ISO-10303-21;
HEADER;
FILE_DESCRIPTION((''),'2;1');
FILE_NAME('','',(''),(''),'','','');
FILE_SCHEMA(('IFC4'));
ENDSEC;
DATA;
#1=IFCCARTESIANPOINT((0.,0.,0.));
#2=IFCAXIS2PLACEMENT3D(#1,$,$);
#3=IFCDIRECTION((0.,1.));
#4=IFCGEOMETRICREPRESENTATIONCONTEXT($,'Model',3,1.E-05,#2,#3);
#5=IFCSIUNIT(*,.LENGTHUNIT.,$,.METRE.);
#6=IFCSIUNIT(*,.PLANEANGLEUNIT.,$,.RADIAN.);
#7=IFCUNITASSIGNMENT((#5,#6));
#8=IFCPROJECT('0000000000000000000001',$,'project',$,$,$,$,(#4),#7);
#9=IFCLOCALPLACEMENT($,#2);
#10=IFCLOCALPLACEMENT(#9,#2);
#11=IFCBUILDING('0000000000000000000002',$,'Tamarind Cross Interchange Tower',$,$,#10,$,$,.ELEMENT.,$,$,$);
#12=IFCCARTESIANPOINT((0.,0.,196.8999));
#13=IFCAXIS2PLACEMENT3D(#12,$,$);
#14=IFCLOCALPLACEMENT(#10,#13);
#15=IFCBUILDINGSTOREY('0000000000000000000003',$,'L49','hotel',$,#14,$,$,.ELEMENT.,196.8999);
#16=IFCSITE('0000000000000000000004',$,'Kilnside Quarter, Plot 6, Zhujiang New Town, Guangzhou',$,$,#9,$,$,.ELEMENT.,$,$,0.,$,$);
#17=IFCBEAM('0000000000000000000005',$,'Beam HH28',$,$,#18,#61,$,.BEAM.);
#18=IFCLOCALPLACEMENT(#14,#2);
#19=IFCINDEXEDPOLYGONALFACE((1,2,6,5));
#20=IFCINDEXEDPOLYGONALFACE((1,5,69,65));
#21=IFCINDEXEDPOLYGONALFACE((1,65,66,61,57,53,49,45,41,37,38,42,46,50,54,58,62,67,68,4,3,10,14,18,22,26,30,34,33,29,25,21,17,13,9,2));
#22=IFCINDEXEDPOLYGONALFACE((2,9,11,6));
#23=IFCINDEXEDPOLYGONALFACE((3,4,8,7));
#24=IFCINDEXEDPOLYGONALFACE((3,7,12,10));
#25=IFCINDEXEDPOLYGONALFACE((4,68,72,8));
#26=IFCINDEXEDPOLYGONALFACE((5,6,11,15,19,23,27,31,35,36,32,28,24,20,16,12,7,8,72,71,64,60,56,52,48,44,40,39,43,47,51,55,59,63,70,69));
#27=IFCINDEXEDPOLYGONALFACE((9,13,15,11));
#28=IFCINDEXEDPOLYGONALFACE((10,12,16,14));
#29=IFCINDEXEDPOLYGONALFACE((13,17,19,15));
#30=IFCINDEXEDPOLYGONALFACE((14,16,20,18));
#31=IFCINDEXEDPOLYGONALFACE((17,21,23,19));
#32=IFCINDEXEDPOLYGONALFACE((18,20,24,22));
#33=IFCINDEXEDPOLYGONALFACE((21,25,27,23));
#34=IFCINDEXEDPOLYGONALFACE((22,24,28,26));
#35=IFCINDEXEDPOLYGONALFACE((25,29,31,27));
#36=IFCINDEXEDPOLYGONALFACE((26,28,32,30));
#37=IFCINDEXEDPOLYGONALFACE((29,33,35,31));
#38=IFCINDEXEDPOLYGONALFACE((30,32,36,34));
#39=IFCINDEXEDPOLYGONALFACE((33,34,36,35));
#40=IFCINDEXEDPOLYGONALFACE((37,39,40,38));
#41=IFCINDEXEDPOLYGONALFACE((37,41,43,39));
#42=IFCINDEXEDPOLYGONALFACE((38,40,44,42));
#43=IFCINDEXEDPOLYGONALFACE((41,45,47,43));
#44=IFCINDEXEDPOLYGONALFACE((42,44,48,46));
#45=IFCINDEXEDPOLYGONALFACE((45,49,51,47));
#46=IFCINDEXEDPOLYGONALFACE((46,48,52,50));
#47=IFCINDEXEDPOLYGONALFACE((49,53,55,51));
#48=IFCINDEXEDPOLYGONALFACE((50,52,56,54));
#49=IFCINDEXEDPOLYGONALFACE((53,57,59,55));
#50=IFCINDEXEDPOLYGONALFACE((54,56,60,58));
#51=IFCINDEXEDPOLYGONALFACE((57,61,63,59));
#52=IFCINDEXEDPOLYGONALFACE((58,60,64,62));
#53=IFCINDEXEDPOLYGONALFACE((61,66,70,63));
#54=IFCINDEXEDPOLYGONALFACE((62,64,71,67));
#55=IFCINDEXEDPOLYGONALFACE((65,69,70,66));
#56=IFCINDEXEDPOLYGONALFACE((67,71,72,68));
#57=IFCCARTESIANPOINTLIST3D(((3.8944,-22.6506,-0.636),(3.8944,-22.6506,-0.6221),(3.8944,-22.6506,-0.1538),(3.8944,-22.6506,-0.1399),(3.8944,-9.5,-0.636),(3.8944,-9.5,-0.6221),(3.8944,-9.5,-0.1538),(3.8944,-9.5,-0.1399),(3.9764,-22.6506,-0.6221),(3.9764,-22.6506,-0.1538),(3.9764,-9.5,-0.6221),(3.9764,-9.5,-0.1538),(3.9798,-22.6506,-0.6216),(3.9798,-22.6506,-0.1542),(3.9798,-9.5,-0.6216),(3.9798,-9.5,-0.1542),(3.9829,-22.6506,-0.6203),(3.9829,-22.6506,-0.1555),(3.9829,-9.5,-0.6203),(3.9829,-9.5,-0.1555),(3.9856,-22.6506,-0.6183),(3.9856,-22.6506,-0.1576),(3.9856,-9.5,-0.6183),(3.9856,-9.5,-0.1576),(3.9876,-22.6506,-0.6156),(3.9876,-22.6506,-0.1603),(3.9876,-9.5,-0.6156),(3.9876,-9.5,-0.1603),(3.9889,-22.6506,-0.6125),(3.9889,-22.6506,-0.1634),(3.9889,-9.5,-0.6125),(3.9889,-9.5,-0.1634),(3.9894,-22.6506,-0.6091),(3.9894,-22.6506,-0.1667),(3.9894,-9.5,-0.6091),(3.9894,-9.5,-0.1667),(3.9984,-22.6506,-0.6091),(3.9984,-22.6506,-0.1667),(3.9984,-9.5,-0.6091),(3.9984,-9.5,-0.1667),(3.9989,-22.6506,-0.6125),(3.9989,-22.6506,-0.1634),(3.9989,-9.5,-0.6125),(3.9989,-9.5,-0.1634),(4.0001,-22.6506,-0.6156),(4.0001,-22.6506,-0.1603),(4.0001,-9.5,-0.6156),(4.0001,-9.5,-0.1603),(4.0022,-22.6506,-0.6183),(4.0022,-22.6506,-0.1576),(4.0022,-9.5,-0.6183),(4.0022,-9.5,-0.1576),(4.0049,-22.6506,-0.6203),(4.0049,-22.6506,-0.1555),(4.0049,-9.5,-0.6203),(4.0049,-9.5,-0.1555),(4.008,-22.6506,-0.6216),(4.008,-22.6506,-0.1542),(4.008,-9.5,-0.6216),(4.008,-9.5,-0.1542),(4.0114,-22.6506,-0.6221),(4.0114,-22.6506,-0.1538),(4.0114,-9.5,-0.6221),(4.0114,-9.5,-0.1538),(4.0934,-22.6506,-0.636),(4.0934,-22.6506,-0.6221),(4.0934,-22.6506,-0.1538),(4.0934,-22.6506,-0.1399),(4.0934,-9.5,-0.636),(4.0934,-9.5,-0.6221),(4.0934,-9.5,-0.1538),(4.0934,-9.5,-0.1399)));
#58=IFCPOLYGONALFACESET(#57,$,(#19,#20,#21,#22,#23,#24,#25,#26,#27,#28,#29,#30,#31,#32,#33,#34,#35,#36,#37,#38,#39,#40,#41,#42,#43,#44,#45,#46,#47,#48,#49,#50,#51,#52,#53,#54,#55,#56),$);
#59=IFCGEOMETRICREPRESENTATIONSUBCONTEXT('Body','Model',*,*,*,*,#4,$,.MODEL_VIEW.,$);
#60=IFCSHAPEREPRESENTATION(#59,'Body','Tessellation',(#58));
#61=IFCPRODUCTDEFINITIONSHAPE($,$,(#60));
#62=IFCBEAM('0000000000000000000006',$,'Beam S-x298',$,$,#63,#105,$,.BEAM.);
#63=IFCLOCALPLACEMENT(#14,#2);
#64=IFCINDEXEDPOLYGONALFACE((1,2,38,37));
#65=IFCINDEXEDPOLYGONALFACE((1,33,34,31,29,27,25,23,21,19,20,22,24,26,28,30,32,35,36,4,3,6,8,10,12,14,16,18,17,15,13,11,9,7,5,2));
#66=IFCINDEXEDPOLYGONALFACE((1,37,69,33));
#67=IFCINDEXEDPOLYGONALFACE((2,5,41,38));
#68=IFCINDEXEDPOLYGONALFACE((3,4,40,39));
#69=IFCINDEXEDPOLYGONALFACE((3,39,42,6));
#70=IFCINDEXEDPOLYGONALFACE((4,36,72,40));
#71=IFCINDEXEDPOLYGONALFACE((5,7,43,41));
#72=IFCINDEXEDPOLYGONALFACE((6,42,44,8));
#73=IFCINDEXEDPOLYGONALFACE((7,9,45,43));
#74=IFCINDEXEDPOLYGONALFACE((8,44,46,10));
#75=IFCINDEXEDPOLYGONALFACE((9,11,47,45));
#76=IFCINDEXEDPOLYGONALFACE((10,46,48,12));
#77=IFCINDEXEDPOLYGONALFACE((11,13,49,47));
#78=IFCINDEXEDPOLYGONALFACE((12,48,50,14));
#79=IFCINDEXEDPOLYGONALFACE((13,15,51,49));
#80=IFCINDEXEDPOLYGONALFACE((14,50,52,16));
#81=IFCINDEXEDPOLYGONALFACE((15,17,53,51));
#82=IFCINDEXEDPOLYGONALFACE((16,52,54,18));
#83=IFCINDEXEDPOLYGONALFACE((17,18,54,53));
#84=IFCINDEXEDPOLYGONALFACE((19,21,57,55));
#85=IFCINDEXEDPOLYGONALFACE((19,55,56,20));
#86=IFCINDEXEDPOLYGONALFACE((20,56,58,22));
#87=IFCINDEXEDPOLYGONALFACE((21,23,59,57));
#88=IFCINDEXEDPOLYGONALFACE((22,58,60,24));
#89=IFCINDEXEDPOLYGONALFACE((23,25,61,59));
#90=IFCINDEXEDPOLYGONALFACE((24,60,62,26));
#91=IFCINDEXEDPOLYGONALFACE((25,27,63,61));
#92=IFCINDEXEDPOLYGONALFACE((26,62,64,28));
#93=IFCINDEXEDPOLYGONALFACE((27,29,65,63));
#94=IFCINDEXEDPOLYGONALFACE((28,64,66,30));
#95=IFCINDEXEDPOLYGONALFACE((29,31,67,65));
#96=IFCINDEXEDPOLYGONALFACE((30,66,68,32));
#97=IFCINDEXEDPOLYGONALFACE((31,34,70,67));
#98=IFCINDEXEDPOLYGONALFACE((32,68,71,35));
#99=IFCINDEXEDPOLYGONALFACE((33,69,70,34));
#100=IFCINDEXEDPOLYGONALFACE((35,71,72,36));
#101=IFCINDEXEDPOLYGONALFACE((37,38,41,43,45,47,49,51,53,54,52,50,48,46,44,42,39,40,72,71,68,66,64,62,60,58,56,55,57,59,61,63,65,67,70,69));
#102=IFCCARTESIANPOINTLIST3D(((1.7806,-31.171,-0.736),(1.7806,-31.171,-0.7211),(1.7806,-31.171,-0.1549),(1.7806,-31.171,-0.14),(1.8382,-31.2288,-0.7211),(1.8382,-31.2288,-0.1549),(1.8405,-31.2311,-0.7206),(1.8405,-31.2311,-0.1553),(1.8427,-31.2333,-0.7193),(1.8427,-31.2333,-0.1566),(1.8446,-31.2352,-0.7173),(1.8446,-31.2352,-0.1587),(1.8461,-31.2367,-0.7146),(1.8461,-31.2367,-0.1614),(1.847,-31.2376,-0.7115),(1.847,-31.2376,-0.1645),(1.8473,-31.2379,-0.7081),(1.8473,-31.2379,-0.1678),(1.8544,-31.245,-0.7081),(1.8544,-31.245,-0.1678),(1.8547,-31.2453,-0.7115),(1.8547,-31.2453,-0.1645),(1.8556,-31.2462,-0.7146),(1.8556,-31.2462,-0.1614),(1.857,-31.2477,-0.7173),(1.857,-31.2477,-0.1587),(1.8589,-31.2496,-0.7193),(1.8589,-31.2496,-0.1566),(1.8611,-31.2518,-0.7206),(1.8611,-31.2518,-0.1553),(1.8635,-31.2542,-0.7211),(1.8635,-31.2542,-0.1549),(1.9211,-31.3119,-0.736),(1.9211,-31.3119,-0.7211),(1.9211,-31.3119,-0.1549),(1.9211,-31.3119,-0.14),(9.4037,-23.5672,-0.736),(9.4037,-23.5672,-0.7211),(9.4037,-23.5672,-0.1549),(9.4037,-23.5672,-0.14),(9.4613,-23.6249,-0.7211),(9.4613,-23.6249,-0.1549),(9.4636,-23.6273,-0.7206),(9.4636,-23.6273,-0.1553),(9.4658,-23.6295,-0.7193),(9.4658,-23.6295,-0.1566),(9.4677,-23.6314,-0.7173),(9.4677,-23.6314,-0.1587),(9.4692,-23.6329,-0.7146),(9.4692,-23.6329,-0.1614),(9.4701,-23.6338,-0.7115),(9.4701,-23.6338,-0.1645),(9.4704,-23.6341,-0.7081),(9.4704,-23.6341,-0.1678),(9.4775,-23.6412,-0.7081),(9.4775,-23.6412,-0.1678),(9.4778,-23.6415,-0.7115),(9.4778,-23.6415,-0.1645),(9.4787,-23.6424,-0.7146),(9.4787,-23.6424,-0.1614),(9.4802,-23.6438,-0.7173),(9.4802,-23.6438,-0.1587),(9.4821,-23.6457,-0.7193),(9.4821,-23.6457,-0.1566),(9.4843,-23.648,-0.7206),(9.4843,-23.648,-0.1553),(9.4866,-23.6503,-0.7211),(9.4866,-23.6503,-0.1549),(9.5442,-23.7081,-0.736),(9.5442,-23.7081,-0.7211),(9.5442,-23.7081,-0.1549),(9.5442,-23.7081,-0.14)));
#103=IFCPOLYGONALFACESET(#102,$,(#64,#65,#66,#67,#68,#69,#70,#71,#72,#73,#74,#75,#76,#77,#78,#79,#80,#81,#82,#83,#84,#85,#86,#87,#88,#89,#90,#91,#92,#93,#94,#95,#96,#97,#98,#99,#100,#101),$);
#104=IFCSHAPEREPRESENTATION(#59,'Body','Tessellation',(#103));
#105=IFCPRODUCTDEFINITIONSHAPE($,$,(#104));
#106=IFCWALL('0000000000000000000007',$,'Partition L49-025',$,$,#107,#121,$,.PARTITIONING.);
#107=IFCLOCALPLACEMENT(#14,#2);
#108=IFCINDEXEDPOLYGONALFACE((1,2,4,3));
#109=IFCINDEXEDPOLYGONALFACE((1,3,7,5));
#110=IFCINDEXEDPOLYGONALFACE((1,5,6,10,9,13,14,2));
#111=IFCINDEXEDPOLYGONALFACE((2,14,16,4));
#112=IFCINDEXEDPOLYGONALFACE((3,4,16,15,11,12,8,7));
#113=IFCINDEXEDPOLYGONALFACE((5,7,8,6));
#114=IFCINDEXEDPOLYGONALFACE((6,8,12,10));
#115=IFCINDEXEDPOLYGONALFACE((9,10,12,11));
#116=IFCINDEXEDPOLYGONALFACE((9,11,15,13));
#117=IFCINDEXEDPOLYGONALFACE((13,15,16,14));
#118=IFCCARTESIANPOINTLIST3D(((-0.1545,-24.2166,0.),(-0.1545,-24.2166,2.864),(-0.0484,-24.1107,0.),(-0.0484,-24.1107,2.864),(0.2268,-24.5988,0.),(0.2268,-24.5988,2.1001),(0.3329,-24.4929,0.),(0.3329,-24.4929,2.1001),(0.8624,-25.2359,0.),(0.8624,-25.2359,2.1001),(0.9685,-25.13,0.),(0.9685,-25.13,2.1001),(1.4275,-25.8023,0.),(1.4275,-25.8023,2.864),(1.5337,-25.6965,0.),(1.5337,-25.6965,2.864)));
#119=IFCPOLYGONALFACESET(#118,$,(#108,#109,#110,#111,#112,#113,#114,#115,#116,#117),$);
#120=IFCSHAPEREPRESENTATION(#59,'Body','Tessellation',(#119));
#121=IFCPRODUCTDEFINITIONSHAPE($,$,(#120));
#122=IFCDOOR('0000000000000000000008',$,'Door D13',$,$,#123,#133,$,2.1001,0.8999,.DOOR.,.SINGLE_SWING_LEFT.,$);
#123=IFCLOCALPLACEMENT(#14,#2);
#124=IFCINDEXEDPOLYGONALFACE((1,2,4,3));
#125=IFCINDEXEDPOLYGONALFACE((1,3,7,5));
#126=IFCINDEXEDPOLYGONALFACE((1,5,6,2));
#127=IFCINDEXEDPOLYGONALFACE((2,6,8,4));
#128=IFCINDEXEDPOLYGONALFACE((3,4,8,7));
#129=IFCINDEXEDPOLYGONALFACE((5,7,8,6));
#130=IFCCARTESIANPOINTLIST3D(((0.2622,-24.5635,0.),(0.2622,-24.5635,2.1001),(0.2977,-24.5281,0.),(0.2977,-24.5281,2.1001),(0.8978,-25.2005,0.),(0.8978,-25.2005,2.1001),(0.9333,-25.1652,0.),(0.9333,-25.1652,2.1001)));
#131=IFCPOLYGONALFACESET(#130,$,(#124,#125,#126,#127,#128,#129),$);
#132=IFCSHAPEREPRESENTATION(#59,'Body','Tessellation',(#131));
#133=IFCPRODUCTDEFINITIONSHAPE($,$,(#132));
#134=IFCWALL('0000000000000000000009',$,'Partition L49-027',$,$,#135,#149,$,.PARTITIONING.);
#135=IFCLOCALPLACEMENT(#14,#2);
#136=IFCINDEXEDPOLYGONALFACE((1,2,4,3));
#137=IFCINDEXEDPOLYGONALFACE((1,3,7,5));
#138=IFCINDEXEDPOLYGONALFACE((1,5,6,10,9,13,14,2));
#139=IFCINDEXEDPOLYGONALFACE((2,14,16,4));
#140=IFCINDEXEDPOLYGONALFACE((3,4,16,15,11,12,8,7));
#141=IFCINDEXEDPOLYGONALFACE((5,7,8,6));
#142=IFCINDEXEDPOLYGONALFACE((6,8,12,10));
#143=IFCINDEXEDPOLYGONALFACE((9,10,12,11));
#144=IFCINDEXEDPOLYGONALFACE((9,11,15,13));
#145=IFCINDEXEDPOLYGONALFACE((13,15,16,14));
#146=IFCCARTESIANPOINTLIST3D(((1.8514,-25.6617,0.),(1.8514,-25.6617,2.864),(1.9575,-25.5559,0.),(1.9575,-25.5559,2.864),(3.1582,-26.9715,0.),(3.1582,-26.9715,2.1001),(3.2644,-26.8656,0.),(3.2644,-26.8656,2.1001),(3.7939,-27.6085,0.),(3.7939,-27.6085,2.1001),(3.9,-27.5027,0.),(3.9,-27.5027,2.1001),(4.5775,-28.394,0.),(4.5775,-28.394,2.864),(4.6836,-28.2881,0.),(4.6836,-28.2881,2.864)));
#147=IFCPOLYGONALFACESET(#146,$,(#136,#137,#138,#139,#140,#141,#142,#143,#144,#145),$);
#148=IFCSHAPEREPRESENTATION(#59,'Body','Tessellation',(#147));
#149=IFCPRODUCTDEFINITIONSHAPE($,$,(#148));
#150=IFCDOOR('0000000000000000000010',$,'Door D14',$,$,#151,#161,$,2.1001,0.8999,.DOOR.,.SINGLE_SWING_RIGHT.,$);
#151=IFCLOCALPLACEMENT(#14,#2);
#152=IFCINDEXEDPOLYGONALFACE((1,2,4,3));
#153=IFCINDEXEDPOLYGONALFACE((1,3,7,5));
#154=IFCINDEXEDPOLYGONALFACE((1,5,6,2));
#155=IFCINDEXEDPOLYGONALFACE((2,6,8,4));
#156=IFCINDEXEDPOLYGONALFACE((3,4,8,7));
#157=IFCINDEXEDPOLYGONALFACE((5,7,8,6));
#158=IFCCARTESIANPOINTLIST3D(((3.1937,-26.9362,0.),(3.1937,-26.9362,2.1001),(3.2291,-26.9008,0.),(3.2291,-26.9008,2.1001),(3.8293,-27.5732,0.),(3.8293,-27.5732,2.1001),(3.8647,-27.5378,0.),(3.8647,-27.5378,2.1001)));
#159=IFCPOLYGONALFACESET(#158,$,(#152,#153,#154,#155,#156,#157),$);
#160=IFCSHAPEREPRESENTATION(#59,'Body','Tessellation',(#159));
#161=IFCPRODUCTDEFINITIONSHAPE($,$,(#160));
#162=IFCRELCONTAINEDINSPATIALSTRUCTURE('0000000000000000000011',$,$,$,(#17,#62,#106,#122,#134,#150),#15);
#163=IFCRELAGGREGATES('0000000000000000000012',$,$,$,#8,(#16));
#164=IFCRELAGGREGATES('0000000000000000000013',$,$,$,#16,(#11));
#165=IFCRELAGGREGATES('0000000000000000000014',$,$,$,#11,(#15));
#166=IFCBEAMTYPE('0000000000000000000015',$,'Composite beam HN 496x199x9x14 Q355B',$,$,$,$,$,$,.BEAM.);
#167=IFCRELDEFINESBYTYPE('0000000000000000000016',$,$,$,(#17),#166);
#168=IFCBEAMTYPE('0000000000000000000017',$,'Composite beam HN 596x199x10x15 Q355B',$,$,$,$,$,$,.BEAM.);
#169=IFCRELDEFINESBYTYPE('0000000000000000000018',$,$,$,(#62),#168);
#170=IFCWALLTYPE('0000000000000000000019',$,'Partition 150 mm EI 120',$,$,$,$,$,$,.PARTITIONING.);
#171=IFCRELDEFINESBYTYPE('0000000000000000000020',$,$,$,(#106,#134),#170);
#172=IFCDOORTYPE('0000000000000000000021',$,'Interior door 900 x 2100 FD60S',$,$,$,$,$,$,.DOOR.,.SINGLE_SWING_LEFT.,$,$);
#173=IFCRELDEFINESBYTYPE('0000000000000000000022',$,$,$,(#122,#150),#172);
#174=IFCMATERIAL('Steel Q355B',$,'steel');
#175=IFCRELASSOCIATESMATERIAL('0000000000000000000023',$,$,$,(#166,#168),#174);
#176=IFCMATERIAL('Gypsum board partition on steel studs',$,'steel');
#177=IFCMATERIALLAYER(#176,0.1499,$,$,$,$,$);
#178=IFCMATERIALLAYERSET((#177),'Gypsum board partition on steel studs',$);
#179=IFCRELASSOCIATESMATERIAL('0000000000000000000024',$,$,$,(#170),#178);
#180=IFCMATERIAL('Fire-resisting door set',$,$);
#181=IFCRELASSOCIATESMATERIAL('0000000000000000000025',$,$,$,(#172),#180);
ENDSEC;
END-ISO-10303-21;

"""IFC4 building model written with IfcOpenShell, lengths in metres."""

from ifc_helpers import new_model, si_unit, direction, frame, frame_2d, origin, origin_2d, place, context, subcontext, project, spatial, rectangle, i_section, extrude, material, layer, layer_set, material_profile, profile_set, type_object, element, fill, save


model = new_model("IFC4")

# Units and contexts
model_context = context("Model", 3, precision=1e-05, world=origin(), true_north=direction((0.0, 1.0)))
body_context = subcontext(model_context, "Body", "Model", "MODEL_VIEW")
ifc_project = project(units=[si_unit("LENGTHUNIT", "METRE"), si_unit("PLANEANGLEUNIT", "RADIAN")], contexts=[model_context])

# Site, building, storey
site_placement = place(None, origin())
site = spatial("IfcSite", under=ifc_project, at=site_placement, Name="Kilnside Quarter, Plot 6, Zhujiang New Town, Guangzhou", CompositionType="ELEMENT", RefElevation=0.0)
building_placement = place(site_placement, origin())
building = spatial("IfcBuilding", under=site, at=building_placement, Name="Tamarind Cross Interchange Tower", CompositionType="ELEMENT")
storey_placement = place(building_placement, frame((0.0, 0.0, 196.8999)))
storey = spatial("IfcBuildingStorey", under=building, at=storey_placement, Name="L49", Description="hotel", CompositionType="ELEMENT", Elevation=196.8999)

# Beams
ifc_material_1 = material(Name="Steel Q355B", Category="steel")
ifc_material_profile_1 = material_profile(ifc_material_1, i_section(OverallWidth=0.199, OverallDepth=0.4961, WebThickness=0.009, FlangeThickness=0.0139, FilletRadius=0.0129, at=origin_2d()), Name="HN 496x199x9x14")
ifc_profile_set_1 = profile_set([ifc_material_profile_1], Name="Steel Q355B")
beam_type_1 = type_object("IfcBeamType", Name="Composite beam HN 496x199x9x14 Q355B", PredefinedType="BEAM", material=ifc_profile_set_1)
beam_1_placement = place(storey_placement, frame((3.9939, -22.6506, -0.3879), z_axis=(0.0, 1.0, 0.0), x_axis=(-1.0, 0.0, 0.0)))
element("IfcBeam", 1, at=beam_1_placement, inside=storey, type_object=beam_type_1, Name="Beam HH28", PredefinedType="BEAM", context=body_context, shape_type="SweptSolid", body=[
    extrude(i_section(OverallWidth=0.199, OverallDepth=0.4961, WebThickness=0.009, FlangeThickness=0.0139, FilletRadius=0.0129, at=origin_2d()), origin(), (0.0, 0.0, 1.0), 13.1506),
])
ifc_material_profile_2 = material_profile(ifc_material_1, i_section(OverallWidth=0.199, OverallDepth=0.5959, WebThickness=0.01, FlangeThickness=0.0149, FilletRadius=0.0129, at=origin_2d()), Name="HN 596x199x10x15")
ifc_profile_set_2 = profile_set([ifc_material_profile_2], Name="Steel Q355B")
beam_type_2 = type_object("IfcBeamType", Name="Composite beam HN 596x199x10x15 Q355B", PredefinedType="BEAM", material=ifc_profile_set_2)
beam_2_placement = place(storey_placement, frame((1.8508, -31.2415, -0.438), z_axis=(0.708002, 0.706211, 0.0), x_axis=(-0.706211, 0.708002, 0.0)))
element("IfcBeam", 2, at=beam_2_placement, inside=storey, type_object=beam_type_2, Name="Beam S-x298", PredefinedType="BEAM", context=body_context, shape_type="SweptSolid", body=[
    extrude(i_section(OverallWidth=0.199, OverallDepth=0.5959, WebThickness=0.01, FlangeThickness=0.0149, FilletRadius=0.0129, at=origin_2d()), origin(), (0.0, 0.0, 1.0), 10.7671),
])

# Walls, openings, doors
ifc_material_2 = material(Name="Gypsum board partition on steel studs", Category="steel")
ifc_layer_1 = layer(ifc_material_2, 0.1499)
ifc_layer_set_1 = layer_set([ifc_layer_1], Name="Gypsum board partition on steel studs")
wall_type_1 = type_object("IfcWallType", Name="Partition 150 mm EI 120", PredefinedType="PARTITIONING", material=ifc_layer_set_1)
wall_1_placement = place(storey_placement, frame((-0.1016, -24.1636, 0.0), z_axis=(0.0, 0.0, 1.0), x_axis=(0.706289, -0.707924, 0.0)))
wall_1 = element("IfcWall", 3, at=wall_1_placement, inside=storey, type_object=wall_type_1, Name="Partition L49-025", PredefinedType="PARTITIONING", context=body_context, shape_type="SweptSolid", body=[
    extrude(rectangle(XDim=2.24, YDim=0.1499, at=frame_2d((1.1201, 0.0))), origin(), (0.0, 0.0, 1.0), 2.864),
])
opening_1_placement = place(wall_1_placement, frame((0.54, 0.0, 0.0)))
opening_1 = element("IfcOpeningElement", 4, at=opening_1_placement, cuts=wall_1, PredefinedType="OPENING", context=body_context, shape_type="SweptSolid", body=[
    extrude(rectangle(XDim=0.8999, YDim=2.1001, at=frame_2d((0.45, 1.05))), frame((0.0, 0.085, 0.0), z_axis=(0.0, -1.0, 0.0), x_axis=(1.0, 0.0, 0.0)), (0.0, 0.0, 1.0), 0.1699),
])
ifc_material_3 = material(Name="Fire-resisting door set")
door_type_1 = type_object("IfcDoorType", Name="Interior door 900 x 2100 FD60S", OperationType="SINGLE_SWING_LEFT", PredefinedType="DOOR", material=ifc_material_3)
door_1_placement = place(opening_1_placement, frame((0.8999, 0.0, 0.0), z_axis=(0.0, 0.0, 1.0), x_axis=(-1.0, 0.0, 0.0)))
door_1 = element("IfcDoor", 5, at=door_1_placement, inside=storey, type_object=door_type_1, Name="Door D13", OperationType="SINGLE_SWING_LEFT", OverallHeight=2.1001, OverallWidth=0.8999, PredefinedType="DOOR", context=body_context, shape_type="SweptSolid", body=[
    extrude(rectangle(XDim=0.8999, YDim=2.1001, at=frame_2d((0.45, 1.05))), frame((0.0, 0.0249, 0.0), z_axis=(0.0, -1.0, 0.0), x_axis=(1.0, 0.0, 0.0)), (0.0, 0.0, 1.0), 0.05),
])
fill(opening_1, door_1)
wall_2_placement = place(storey_placement, frame((1.9045, -25.6089, 0.0), z_axis=(0.0, 0.0, 1.0), x_axis=(0.706316, -0.707897, 0.0)))
wall_2 = element("IfcWall", 6, at=wall_2_placement, inside=storey, type_object=wall_type_1, Name="Partition L49-027", PredefinedType="PARTITIONING", context=body_context, shape_type="SweptSolid", body=[
    extrude(rectangle(XDim=3.8596, YDim=0.1499, at=frame_2d((1.9297, 0.0))), origin(), (0.0, 0.0, 1.0), 2.864),
])
opening_2_placement = place(wall_2_placement, frame((1.8501, 0.0, 0.0)))
opening_2 = element("IfcOpeningElement", 7, at=opening_2_placement, cuts=wall_2, PredefinedType="OPENING", context=body_context, shape_type="SweptSolid", body=[
    extrude(rectangle(XDim=0.8999, YDim=2.1001, at=frame_2d((0.45, 1.05))), frame((0.0, 0.085, 0.0), z_axis=(0.0, -1.0, 0.0), x_axis=(1.0, 0.0, 0.0)), (0.0, 0.0, 1.0), 0.1699),
])
door_2_placement = place(opening_2_placement, frame((0.8999, 0.0, 0.0), z_axis=(0.0, 0.0, 1.0), x_axis=(-1.0, 0.0, 0.0)))
door_2 = element("IfcDoor", 8, at=door_2_placement, inside=storey, type_object=door_type_1, Name="Door D14", OperationType="SINGLE_SWING_RIGHT", OverallHeight=2.1001, OverallWidth=0.8999, PredefinedType="DOOR", context=body_context, shape_type="SweptSolid", body=[
    extrude(rectangle(XDim=0.8999, YDim=2.1001, at=frame_2d((0.45, 1.05))), frame((0.0, 0.0249, 0.0), z_axis=(0.0, -1.0, 0.0), x_axis=(1.0, 0.0, 0.0)), (0.0, 0.0, 1.0), 0.05),
])
fill(opening_2, door_2)

save(model, "model.ifc")
